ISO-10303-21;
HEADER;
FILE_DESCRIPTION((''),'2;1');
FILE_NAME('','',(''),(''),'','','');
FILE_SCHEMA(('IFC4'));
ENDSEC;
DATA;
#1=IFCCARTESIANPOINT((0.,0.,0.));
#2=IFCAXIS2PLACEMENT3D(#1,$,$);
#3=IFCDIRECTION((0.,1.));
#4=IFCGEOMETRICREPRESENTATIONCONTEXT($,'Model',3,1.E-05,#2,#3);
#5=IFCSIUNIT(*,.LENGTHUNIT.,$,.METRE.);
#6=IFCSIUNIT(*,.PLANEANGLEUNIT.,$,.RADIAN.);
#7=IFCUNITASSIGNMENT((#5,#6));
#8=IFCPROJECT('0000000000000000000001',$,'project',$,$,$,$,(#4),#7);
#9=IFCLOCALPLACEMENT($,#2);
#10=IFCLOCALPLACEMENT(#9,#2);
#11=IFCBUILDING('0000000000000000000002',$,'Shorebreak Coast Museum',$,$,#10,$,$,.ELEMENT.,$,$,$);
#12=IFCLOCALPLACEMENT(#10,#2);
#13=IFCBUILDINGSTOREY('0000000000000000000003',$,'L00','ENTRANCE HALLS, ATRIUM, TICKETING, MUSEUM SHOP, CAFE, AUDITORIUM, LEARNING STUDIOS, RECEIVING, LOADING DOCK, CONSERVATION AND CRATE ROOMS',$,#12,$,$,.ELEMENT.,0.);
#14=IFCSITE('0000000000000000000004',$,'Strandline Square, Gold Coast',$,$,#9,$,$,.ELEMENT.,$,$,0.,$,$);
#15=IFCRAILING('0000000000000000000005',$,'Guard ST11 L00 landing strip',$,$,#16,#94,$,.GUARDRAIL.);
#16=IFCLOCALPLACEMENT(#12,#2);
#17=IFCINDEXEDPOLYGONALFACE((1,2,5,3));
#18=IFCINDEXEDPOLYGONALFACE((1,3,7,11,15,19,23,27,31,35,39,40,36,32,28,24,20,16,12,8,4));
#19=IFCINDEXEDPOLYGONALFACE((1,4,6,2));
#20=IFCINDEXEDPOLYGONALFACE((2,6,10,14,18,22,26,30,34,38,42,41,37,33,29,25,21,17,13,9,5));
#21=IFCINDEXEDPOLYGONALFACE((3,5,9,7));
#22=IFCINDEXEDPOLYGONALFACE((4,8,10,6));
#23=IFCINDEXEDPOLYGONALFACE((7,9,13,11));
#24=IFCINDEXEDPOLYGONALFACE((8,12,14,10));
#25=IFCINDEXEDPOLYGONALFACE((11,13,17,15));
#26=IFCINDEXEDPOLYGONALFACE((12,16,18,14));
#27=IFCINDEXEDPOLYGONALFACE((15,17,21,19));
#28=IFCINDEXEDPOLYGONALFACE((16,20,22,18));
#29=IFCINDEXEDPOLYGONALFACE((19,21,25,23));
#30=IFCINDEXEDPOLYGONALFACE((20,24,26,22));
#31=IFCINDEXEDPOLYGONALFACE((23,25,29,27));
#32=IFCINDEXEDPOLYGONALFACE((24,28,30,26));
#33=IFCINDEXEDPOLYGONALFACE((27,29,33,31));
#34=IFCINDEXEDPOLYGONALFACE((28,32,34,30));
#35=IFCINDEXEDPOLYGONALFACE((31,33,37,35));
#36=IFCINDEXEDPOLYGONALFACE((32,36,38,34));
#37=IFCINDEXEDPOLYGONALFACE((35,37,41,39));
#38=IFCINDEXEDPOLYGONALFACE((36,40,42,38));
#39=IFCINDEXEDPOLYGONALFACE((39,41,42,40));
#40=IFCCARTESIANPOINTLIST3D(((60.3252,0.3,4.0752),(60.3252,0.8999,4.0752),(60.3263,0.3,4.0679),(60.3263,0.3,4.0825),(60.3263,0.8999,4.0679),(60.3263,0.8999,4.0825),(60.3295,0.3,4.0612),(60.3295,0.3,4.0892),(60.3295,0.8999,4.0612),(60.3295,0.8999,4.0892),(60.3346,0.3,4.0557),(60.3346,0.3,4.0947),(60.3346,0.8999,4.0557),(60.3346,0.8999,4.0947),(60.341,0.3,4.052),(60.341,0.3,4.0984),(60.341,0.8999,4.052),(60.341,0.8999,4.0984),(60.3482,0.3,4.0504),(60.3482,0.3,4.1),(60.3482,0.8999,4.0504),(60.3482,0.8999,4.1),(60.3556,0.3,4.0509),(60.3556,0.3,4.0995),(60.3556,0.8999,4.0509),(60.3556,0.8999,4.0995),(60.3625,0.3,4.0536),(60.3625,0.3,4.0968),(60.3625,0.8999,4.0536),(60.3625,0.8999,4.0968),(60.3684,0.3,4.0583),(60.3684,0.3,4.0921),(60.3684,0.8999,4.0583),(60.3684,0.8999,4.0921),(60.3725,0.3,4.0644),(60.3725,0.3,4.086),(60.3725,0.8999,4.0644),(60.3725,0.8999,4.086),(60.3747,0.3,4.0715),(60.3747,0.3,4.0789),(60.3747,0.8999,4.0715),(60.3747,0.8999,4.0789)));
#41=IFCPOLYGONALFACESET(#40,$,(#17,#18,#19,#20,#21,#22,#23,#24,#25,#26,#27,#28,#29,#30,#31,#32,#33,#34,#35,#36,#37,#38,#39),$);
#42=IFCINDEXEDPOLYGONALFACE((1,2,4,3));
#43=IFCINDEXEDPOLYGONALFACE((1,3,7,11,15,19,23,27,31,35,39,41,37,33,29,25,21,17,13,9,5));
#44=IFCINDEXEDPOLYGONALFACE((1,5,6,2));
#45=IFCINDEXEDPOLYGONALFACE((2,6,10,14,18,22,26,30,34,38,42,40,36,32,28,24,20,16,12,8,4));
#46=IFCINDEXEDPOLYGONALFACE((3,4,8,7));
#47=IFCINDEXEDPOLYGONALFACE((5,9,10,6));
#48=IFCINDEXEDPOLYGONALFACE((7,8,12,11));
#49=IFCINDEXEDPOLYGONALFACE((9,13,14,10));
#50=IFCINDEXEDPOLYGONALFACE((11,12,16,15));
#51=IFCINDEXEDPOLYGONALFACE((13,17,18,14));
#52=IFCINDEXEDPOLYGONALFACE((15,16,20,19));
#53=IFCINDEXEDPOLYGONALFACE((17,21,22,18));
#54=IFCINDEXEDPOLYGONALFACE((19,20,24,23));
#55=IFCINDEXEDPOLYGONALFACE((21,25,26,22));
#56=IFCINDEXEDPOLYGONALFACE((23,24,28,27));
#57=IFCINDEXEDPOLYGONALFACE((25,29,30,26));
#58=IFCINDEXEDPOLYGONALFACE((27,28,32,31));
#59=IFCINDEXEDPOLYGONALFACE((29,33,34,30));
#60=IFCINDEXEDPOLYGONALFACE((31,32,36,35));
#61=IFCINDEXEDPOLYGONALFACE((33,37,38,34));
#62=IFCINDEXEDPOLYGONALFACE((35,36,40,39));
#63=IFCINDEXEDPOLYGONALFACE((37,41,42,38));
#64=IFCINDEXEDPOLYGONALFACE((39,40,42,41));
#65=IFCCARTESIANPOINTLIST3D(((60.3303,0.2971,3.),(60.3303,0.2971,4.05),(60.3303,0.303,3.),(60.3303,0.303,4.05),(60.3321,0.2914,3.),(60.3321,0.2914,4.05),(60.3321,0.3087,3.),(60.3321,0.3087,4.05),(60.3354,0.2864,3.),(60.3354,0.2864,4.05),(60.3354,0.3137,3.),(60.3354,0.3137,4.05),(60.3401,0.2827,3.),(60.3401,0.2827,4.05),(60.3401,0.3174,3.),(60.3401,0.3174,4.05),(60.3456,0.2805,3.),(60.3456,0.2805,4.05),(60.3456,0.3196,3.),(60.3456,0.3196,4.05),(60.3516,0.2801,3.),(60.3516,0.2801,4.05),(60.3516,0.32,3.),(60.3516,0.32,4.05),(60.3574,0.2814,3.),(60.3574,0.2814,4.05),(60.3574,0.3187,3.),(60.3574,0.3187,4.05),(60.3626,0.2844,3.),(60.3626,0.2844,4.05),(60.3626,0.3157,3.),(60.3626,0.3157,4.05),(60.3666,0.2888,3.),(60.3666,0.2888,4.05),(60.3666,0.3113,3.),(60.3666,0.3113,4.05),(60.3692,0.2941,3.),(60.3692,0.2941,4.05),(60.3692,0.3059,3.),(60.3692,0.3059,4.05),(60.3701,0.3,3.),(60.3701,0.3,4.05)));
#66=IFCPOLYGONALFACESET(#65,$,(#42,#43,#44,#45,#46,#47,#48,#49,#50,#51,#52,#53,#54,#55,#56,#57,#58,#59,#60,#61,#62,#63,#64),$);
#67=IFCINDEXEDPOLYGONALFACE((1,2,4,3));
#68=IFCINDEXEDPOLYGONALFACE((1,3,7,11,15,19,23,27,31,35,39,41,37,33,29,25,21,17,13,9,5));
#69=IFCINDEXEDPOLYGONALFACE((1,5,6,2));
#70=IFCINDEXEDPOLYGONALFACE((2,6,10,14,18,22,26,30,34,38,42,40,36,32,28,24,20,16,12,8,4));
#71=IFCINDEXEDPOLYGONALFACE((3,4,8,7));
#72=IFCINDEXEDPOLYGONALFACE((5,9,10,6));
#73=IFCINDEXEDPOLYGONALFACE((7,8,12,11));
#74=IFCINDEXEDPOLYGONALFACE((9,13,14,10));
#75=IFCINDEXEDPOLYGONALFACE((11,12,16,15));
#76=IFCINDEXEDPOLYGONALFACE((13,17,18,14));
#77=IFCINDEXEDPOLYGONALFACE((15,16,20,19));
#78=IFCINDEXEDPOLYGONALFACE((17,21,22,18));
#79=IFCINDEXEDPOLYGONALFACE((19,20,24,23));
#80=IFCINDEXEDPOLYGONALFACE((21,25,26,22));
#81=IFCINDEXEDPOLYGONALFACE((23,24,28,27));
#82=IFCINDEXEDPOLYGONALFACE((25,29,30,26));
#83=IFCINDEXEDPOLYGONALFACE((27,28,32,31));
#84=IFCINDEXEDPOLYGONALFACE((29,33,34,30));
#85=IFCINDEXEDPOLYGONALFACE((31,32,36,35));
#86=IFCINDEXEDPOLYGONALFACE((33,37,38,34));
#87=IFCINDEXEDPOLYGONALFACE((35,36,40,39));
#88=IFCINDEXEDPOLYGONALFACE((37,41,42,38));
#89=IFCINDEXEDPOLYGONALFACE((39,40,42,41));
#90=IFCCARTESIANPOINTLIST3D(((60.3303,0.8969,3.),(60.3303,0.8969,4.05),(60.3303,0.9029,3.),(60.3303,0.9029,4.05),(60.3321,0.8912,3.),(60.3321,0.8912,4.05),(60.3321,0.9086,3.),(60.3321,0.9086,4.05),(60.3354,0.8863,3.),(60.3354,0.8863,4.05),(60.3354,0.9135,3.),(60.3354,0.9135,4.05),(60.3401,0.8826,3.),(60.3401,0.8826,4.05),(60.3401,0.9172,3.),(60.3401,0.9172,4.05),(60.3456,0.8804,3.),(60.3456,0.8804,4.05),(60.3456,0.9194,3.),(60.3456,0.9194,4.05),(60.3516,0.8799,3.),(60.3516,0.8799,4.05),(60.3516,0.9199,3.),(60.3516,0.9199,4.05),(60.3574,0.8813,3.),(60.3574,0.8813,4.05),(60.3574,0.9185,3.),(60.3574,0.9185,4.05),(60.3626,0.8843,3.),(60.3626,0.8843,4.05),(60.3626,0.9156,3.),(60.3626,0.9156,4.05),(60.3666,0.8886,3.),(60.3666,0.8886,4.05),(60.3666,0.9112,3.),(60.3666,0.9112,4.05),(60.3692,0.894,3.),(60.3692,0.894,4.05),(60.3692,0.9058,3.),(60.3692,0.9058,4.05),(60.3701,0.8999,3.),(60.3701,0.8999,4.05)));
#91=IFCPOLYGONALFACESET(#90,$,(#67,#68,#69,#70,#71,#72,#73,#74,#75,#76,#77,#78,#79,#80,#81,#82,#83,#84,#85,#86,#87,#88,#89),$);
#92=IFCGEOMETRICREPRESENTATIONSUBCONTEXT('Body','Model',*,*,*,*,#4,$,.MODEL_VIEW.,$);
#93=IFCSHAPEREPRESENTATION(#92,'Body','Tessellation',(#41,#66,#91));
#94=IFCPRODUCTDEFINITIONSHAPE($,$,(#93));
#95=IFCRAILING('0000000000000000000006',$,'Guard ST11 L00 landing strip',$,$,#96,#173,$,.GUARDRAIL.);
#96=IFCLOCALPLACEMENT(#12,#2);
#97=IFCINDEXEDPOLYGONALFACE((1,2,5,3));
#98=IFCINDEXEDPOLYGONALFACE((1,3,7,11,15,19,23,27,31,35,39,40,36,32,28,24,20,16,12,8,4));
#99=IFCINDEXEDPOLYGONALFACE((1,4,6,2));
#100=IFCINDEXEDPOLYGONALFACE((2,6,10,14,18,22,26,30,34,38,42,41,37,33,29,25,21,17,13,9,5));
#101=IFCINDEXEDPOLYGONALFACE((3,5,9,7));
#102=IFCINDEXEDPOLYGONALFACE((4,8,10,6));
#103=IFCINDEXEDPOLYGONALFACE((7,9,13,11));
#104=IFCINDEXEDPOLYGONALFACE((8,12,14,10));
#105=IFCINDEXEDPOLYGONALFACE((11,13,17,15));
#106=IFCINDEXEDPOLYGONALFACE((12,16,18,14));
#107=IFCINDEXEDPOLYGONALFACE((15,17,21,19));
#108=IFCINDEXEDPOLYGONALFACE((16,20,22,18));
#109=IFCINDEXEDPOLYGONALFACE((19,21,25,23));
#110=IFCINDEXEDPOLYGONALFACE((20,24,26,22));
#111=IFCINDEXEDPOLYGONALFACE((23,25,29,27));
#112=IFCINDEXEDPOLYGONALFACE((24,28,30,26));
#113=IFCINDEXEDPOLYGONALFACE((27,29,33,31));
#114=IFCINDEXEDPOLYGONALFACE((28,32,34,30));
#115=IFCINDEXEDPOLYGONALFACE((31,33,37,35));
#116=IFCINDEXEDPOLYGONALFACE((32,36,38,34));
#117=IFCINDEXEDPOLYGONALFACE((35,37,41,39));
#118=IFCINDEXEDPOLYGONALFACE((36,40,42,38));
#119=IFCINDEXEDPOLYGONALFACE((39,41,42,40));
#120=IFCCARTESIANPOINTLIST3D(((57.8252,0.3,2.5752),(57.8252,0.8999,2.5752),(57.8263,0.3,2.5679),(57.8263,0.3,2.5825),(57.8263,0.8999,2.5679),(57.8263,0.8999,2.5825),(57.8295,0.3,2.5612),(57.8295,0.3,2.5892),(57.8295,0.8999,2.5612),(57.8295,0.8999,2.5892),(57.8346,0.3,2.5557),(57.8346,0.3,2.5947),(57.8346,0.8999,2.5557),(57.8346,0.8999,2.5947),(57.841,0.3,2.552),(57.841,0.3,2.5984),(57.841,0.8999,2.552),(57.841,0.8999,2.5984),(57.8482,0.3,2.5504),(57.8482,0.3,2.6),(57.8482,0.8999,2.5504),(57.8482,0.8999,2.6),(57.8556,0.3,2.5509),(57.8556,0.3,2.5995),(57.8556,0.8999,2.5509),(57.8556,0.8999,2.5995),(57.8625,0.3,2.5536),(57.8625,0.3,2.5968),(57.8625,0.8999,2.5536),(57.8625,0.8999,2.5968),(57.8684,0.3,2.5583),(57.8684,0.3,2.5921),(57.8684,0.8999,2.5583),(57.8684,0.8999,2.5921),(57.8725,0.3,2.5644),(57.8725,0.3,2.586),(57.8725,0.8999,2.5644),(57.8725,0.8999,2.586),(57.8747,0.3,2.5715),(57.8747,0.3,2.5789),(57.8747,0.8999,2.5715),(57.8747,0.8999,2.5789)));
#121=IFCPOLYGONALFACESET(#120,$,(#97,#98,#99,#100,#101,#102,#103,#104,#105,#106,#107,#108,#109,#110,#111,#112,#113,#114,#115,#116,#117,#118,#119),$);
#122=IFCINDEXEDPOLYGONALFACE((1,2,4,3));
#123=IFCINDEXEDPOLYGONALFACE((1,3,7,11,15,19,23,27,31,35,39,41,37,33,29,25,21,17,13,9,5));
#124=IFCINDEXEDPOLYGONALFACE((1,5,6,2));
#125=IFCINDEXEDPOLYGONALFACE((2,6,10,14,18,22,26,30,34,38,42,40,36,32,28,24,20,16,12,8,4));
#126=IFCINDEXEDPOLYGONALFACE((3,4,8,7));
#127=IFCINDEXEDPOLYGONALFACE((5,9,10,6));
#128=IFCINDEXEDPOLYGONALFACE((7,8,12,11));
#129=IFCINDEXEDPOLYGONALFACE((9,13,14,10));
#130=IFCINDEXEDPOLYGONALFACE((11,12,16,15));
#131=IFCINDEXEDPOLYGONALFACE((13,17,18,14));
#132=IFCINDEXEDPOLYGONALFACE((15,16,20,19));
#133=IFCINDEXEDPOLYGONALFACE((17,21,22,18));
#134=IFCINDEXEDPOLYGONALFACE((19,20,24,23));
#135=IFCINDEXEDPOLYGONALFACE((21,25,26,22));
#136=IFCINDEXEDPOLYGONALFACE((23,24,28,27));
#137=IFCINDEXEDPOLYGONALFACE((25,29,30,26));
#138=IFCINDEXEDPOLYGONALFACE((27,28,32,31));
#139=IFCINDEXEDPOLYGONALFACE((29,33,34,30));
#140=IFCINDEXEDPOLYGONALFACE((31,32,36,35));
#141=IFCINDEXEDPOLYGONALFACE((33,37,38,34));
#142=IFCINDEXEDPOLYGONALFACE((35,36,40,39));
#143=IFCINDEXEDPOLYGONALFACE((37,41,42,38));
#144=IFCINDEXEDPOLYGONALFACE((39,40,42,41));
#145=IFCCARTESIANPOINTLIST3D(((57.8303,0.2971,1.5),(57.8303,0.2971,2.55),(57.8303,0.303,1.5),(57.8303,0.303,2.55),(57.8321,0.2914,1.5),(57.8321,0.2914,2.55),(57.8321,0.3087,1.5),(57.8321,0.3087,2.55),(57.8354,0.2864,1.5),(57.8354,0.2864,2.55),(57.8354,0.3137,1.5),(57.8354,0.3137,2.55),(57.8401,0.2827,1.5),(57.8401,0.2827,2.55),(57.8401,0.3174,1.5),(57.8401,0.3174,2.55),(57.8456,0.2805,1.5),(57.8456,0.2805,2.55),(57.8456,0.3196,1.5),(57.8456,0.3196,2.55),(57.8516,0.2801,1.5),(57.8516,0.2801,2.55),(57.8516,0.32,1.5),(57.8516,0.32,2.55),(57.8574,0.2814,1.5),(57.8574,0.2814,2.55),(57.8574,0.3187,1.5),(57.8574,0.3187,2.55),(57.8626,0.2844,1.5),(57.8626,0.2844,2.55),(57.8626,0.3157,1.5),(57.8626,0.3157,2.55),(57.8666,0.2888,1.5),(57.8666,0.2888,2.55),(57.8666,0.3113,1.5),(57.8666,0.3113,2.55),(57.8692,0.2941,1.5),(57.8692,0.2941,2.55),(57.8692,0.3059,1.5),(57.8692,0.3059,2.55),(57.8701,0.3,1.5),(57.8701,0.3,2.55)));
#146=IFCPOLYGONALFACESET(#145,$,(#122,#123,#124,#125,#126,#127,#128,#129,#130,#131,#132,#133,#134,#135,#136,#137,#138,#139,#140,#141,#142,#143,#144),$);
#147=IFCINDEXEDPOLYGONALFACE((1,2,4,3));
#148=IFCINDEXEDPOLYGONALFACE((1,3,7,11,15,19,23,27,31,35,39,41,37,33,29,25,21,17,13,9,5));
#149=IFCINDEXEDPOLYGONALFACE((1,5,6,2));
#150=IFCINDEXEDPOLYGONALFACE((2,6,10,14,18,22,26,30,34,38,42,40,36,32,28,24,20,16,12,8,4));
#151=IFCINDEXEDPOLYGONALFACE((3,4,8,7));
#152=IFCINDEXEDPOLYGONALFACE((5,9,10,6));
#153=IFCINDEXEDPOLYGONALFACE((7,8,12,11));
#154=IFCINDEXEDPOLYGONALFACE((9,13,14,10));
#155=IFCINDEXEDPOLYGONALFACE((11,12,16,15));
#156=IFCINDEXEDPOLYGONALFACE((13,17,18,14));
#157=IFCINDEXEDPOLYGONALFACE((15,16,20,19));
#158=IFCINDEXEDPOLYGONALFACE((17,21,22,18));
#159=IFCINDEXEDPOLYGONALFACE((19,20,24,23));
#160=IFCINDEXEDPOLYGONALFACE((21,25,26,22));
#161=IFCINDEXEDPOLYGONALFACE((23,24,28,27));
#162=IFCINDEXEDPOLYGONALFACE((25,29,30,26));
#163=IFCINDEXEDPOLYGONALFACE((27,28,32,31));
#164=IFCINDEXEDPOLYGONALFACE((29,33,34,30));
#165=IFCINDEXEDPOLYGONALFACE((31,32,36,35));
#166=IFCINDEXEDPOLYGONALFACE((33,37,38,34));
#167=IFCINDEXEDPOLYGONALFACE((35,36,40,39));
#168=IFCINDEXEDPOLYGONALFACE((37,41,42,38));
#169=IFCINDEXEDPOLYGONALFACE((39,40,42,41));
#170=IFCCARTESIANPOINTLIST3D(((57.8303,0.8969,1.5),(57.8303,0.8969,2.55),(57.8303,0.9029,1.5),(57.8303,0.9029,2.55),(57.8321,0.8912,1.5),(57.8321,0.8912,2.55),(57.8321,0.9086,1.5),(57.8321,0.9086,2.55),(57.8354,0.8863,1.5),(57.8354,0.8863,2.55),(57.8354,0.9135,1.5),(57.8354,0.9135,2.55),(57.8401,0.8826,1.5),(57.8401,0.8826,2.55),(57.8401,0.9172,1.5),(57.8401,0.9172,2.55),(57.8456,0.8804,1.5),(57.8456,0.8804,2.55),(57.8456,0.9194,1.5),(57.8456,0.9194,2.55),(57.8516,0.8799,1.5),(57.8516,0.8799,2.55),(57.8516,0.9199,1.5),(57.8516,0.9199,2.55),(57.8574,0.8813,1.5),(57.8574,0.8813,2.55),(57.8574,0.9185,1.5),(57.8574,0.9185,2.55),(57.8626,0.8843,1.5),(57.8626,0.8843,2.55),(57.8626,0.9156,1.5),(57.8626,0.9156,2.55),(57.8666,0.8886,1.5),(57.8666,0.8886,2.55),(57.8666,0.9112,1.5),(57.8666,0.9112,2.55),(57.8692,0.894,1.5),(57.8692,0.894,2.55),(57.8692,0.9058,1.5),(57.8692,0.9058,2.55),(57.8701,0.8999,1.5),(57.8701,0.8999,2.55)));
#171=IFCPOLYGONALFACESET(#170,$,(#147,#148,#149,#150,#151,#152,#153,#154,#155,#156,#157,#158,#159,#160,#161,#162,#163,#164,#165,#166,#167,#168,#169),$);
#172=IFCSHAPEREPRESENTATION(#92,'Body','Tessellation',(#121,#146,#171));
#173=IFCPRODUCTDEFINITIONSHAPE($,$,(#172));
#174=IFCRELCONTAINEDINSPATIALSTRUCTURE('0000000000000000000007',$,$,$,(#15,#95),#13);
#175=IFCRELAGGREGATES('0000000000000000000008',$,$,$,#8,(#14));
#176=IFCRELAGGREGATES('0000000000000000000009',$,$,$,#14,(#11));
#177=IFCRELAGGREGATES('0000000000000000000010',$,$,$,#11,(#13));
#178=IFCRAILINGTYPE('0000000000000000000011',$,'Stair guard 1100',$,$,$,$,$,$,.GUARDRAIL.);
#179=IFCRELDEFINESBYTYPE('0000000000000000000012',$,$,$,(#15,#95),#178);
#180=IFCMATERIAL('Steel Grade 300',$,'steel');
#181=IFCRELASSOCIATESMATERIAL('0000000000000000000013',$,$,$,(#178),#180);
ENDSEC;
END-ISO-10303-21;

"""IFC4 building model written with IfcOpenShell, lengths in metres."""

from ifc_helpers import new_model, si_unit, direction, frame, origin, origin_2d, place, context, subcontext, project, spatial, circle, extrude, material, type_object, element, save


model = new_model("IFC4")

# Units and contexts
model_context = context("Model", 3, precision=1e-05, world=origin(), true_north=direction((0.0, 1.0)))
body_context = subcontext(model_context, "Body", "Model", "MODEL_VIEW")
ifc_project = project(units=[si_unit("LENGTHUNIT", "METRE"), si_unit("PLANEANGLEUNIT", "RADIAN")], contexts=[model_context])

# Site, building, storey
site_placement = place(None, origin())
site = spatial("IfcSite", under=ifc_project, at=site_placement, Name="Strandline Square, Gold Coast", CompositionType="ELEMENT", RefElevation=0.0)
building_placement = place(site_placement, origin())
building = spatial("IfcBuilding", under=site, at=building_placement, Name="Shorebreak Coast Museum", CompositionType="ELEMENT")
storey_placement = place(building_placement, origin())
storey = spatial("IfcBuildingStorey", under=building, at=storey_placement, Name="L00", Description="ENTRANCE HALLS, ATRIUM, TICKETING, MUSEUM SHOP, CAFE, AUDITORIUM, LEARNING STUDIOS, RECEIVING, LOADING DOCK, CONSERVATION AND CRATE ROOMS", CompositionType="ELEMENT", Elevation=0.0)

# Railings
ifc_material_1 = material(Name="Steel Grade 300", Category="steel")
railing_type_1 = type_object("IfcRailingType", Name="Stair guard 1100", PredefinedType="GUARDRAIL", material=ifc_material_1)
for number, where, name in (
    (1, (60.3501, 0.3, 3.0), "Guard ST11 L00 landing strip"),
    (2, (57.8501, 0.3, 1.5), "Guard ST11 L00 landing strip"),
):
    element("IfcRailing", number, at=place(storey_placement, frame(where)), inside=storey, type_object=railing_type_1, Name=name, PredefinedType="GUARDRAIL", context=body_context, shape_type="SweptSolid", body=[
        extrude(circle(Radius=0.0249, at=origin_2d()), frame((0.0, 0.0, 1.0752), z_axis=(0.0, 1.0, 0.0), x_axis=(-1.0, 0.0, 0.0)), (0.0, 0.0, 1.0), 0.5999),
        extrude(circle(Radius=0.02, at=origin_2d()), origin(), (0.0, 0.0, 1.0), 1.05),
        extrude(circle(Radius=0.02, at=origin_2d()), frame((0.0, 0.5999, 0.0)), (0.0, 0.0, 1.0), 1.05),
    ])

save(model, "model.ifc")
